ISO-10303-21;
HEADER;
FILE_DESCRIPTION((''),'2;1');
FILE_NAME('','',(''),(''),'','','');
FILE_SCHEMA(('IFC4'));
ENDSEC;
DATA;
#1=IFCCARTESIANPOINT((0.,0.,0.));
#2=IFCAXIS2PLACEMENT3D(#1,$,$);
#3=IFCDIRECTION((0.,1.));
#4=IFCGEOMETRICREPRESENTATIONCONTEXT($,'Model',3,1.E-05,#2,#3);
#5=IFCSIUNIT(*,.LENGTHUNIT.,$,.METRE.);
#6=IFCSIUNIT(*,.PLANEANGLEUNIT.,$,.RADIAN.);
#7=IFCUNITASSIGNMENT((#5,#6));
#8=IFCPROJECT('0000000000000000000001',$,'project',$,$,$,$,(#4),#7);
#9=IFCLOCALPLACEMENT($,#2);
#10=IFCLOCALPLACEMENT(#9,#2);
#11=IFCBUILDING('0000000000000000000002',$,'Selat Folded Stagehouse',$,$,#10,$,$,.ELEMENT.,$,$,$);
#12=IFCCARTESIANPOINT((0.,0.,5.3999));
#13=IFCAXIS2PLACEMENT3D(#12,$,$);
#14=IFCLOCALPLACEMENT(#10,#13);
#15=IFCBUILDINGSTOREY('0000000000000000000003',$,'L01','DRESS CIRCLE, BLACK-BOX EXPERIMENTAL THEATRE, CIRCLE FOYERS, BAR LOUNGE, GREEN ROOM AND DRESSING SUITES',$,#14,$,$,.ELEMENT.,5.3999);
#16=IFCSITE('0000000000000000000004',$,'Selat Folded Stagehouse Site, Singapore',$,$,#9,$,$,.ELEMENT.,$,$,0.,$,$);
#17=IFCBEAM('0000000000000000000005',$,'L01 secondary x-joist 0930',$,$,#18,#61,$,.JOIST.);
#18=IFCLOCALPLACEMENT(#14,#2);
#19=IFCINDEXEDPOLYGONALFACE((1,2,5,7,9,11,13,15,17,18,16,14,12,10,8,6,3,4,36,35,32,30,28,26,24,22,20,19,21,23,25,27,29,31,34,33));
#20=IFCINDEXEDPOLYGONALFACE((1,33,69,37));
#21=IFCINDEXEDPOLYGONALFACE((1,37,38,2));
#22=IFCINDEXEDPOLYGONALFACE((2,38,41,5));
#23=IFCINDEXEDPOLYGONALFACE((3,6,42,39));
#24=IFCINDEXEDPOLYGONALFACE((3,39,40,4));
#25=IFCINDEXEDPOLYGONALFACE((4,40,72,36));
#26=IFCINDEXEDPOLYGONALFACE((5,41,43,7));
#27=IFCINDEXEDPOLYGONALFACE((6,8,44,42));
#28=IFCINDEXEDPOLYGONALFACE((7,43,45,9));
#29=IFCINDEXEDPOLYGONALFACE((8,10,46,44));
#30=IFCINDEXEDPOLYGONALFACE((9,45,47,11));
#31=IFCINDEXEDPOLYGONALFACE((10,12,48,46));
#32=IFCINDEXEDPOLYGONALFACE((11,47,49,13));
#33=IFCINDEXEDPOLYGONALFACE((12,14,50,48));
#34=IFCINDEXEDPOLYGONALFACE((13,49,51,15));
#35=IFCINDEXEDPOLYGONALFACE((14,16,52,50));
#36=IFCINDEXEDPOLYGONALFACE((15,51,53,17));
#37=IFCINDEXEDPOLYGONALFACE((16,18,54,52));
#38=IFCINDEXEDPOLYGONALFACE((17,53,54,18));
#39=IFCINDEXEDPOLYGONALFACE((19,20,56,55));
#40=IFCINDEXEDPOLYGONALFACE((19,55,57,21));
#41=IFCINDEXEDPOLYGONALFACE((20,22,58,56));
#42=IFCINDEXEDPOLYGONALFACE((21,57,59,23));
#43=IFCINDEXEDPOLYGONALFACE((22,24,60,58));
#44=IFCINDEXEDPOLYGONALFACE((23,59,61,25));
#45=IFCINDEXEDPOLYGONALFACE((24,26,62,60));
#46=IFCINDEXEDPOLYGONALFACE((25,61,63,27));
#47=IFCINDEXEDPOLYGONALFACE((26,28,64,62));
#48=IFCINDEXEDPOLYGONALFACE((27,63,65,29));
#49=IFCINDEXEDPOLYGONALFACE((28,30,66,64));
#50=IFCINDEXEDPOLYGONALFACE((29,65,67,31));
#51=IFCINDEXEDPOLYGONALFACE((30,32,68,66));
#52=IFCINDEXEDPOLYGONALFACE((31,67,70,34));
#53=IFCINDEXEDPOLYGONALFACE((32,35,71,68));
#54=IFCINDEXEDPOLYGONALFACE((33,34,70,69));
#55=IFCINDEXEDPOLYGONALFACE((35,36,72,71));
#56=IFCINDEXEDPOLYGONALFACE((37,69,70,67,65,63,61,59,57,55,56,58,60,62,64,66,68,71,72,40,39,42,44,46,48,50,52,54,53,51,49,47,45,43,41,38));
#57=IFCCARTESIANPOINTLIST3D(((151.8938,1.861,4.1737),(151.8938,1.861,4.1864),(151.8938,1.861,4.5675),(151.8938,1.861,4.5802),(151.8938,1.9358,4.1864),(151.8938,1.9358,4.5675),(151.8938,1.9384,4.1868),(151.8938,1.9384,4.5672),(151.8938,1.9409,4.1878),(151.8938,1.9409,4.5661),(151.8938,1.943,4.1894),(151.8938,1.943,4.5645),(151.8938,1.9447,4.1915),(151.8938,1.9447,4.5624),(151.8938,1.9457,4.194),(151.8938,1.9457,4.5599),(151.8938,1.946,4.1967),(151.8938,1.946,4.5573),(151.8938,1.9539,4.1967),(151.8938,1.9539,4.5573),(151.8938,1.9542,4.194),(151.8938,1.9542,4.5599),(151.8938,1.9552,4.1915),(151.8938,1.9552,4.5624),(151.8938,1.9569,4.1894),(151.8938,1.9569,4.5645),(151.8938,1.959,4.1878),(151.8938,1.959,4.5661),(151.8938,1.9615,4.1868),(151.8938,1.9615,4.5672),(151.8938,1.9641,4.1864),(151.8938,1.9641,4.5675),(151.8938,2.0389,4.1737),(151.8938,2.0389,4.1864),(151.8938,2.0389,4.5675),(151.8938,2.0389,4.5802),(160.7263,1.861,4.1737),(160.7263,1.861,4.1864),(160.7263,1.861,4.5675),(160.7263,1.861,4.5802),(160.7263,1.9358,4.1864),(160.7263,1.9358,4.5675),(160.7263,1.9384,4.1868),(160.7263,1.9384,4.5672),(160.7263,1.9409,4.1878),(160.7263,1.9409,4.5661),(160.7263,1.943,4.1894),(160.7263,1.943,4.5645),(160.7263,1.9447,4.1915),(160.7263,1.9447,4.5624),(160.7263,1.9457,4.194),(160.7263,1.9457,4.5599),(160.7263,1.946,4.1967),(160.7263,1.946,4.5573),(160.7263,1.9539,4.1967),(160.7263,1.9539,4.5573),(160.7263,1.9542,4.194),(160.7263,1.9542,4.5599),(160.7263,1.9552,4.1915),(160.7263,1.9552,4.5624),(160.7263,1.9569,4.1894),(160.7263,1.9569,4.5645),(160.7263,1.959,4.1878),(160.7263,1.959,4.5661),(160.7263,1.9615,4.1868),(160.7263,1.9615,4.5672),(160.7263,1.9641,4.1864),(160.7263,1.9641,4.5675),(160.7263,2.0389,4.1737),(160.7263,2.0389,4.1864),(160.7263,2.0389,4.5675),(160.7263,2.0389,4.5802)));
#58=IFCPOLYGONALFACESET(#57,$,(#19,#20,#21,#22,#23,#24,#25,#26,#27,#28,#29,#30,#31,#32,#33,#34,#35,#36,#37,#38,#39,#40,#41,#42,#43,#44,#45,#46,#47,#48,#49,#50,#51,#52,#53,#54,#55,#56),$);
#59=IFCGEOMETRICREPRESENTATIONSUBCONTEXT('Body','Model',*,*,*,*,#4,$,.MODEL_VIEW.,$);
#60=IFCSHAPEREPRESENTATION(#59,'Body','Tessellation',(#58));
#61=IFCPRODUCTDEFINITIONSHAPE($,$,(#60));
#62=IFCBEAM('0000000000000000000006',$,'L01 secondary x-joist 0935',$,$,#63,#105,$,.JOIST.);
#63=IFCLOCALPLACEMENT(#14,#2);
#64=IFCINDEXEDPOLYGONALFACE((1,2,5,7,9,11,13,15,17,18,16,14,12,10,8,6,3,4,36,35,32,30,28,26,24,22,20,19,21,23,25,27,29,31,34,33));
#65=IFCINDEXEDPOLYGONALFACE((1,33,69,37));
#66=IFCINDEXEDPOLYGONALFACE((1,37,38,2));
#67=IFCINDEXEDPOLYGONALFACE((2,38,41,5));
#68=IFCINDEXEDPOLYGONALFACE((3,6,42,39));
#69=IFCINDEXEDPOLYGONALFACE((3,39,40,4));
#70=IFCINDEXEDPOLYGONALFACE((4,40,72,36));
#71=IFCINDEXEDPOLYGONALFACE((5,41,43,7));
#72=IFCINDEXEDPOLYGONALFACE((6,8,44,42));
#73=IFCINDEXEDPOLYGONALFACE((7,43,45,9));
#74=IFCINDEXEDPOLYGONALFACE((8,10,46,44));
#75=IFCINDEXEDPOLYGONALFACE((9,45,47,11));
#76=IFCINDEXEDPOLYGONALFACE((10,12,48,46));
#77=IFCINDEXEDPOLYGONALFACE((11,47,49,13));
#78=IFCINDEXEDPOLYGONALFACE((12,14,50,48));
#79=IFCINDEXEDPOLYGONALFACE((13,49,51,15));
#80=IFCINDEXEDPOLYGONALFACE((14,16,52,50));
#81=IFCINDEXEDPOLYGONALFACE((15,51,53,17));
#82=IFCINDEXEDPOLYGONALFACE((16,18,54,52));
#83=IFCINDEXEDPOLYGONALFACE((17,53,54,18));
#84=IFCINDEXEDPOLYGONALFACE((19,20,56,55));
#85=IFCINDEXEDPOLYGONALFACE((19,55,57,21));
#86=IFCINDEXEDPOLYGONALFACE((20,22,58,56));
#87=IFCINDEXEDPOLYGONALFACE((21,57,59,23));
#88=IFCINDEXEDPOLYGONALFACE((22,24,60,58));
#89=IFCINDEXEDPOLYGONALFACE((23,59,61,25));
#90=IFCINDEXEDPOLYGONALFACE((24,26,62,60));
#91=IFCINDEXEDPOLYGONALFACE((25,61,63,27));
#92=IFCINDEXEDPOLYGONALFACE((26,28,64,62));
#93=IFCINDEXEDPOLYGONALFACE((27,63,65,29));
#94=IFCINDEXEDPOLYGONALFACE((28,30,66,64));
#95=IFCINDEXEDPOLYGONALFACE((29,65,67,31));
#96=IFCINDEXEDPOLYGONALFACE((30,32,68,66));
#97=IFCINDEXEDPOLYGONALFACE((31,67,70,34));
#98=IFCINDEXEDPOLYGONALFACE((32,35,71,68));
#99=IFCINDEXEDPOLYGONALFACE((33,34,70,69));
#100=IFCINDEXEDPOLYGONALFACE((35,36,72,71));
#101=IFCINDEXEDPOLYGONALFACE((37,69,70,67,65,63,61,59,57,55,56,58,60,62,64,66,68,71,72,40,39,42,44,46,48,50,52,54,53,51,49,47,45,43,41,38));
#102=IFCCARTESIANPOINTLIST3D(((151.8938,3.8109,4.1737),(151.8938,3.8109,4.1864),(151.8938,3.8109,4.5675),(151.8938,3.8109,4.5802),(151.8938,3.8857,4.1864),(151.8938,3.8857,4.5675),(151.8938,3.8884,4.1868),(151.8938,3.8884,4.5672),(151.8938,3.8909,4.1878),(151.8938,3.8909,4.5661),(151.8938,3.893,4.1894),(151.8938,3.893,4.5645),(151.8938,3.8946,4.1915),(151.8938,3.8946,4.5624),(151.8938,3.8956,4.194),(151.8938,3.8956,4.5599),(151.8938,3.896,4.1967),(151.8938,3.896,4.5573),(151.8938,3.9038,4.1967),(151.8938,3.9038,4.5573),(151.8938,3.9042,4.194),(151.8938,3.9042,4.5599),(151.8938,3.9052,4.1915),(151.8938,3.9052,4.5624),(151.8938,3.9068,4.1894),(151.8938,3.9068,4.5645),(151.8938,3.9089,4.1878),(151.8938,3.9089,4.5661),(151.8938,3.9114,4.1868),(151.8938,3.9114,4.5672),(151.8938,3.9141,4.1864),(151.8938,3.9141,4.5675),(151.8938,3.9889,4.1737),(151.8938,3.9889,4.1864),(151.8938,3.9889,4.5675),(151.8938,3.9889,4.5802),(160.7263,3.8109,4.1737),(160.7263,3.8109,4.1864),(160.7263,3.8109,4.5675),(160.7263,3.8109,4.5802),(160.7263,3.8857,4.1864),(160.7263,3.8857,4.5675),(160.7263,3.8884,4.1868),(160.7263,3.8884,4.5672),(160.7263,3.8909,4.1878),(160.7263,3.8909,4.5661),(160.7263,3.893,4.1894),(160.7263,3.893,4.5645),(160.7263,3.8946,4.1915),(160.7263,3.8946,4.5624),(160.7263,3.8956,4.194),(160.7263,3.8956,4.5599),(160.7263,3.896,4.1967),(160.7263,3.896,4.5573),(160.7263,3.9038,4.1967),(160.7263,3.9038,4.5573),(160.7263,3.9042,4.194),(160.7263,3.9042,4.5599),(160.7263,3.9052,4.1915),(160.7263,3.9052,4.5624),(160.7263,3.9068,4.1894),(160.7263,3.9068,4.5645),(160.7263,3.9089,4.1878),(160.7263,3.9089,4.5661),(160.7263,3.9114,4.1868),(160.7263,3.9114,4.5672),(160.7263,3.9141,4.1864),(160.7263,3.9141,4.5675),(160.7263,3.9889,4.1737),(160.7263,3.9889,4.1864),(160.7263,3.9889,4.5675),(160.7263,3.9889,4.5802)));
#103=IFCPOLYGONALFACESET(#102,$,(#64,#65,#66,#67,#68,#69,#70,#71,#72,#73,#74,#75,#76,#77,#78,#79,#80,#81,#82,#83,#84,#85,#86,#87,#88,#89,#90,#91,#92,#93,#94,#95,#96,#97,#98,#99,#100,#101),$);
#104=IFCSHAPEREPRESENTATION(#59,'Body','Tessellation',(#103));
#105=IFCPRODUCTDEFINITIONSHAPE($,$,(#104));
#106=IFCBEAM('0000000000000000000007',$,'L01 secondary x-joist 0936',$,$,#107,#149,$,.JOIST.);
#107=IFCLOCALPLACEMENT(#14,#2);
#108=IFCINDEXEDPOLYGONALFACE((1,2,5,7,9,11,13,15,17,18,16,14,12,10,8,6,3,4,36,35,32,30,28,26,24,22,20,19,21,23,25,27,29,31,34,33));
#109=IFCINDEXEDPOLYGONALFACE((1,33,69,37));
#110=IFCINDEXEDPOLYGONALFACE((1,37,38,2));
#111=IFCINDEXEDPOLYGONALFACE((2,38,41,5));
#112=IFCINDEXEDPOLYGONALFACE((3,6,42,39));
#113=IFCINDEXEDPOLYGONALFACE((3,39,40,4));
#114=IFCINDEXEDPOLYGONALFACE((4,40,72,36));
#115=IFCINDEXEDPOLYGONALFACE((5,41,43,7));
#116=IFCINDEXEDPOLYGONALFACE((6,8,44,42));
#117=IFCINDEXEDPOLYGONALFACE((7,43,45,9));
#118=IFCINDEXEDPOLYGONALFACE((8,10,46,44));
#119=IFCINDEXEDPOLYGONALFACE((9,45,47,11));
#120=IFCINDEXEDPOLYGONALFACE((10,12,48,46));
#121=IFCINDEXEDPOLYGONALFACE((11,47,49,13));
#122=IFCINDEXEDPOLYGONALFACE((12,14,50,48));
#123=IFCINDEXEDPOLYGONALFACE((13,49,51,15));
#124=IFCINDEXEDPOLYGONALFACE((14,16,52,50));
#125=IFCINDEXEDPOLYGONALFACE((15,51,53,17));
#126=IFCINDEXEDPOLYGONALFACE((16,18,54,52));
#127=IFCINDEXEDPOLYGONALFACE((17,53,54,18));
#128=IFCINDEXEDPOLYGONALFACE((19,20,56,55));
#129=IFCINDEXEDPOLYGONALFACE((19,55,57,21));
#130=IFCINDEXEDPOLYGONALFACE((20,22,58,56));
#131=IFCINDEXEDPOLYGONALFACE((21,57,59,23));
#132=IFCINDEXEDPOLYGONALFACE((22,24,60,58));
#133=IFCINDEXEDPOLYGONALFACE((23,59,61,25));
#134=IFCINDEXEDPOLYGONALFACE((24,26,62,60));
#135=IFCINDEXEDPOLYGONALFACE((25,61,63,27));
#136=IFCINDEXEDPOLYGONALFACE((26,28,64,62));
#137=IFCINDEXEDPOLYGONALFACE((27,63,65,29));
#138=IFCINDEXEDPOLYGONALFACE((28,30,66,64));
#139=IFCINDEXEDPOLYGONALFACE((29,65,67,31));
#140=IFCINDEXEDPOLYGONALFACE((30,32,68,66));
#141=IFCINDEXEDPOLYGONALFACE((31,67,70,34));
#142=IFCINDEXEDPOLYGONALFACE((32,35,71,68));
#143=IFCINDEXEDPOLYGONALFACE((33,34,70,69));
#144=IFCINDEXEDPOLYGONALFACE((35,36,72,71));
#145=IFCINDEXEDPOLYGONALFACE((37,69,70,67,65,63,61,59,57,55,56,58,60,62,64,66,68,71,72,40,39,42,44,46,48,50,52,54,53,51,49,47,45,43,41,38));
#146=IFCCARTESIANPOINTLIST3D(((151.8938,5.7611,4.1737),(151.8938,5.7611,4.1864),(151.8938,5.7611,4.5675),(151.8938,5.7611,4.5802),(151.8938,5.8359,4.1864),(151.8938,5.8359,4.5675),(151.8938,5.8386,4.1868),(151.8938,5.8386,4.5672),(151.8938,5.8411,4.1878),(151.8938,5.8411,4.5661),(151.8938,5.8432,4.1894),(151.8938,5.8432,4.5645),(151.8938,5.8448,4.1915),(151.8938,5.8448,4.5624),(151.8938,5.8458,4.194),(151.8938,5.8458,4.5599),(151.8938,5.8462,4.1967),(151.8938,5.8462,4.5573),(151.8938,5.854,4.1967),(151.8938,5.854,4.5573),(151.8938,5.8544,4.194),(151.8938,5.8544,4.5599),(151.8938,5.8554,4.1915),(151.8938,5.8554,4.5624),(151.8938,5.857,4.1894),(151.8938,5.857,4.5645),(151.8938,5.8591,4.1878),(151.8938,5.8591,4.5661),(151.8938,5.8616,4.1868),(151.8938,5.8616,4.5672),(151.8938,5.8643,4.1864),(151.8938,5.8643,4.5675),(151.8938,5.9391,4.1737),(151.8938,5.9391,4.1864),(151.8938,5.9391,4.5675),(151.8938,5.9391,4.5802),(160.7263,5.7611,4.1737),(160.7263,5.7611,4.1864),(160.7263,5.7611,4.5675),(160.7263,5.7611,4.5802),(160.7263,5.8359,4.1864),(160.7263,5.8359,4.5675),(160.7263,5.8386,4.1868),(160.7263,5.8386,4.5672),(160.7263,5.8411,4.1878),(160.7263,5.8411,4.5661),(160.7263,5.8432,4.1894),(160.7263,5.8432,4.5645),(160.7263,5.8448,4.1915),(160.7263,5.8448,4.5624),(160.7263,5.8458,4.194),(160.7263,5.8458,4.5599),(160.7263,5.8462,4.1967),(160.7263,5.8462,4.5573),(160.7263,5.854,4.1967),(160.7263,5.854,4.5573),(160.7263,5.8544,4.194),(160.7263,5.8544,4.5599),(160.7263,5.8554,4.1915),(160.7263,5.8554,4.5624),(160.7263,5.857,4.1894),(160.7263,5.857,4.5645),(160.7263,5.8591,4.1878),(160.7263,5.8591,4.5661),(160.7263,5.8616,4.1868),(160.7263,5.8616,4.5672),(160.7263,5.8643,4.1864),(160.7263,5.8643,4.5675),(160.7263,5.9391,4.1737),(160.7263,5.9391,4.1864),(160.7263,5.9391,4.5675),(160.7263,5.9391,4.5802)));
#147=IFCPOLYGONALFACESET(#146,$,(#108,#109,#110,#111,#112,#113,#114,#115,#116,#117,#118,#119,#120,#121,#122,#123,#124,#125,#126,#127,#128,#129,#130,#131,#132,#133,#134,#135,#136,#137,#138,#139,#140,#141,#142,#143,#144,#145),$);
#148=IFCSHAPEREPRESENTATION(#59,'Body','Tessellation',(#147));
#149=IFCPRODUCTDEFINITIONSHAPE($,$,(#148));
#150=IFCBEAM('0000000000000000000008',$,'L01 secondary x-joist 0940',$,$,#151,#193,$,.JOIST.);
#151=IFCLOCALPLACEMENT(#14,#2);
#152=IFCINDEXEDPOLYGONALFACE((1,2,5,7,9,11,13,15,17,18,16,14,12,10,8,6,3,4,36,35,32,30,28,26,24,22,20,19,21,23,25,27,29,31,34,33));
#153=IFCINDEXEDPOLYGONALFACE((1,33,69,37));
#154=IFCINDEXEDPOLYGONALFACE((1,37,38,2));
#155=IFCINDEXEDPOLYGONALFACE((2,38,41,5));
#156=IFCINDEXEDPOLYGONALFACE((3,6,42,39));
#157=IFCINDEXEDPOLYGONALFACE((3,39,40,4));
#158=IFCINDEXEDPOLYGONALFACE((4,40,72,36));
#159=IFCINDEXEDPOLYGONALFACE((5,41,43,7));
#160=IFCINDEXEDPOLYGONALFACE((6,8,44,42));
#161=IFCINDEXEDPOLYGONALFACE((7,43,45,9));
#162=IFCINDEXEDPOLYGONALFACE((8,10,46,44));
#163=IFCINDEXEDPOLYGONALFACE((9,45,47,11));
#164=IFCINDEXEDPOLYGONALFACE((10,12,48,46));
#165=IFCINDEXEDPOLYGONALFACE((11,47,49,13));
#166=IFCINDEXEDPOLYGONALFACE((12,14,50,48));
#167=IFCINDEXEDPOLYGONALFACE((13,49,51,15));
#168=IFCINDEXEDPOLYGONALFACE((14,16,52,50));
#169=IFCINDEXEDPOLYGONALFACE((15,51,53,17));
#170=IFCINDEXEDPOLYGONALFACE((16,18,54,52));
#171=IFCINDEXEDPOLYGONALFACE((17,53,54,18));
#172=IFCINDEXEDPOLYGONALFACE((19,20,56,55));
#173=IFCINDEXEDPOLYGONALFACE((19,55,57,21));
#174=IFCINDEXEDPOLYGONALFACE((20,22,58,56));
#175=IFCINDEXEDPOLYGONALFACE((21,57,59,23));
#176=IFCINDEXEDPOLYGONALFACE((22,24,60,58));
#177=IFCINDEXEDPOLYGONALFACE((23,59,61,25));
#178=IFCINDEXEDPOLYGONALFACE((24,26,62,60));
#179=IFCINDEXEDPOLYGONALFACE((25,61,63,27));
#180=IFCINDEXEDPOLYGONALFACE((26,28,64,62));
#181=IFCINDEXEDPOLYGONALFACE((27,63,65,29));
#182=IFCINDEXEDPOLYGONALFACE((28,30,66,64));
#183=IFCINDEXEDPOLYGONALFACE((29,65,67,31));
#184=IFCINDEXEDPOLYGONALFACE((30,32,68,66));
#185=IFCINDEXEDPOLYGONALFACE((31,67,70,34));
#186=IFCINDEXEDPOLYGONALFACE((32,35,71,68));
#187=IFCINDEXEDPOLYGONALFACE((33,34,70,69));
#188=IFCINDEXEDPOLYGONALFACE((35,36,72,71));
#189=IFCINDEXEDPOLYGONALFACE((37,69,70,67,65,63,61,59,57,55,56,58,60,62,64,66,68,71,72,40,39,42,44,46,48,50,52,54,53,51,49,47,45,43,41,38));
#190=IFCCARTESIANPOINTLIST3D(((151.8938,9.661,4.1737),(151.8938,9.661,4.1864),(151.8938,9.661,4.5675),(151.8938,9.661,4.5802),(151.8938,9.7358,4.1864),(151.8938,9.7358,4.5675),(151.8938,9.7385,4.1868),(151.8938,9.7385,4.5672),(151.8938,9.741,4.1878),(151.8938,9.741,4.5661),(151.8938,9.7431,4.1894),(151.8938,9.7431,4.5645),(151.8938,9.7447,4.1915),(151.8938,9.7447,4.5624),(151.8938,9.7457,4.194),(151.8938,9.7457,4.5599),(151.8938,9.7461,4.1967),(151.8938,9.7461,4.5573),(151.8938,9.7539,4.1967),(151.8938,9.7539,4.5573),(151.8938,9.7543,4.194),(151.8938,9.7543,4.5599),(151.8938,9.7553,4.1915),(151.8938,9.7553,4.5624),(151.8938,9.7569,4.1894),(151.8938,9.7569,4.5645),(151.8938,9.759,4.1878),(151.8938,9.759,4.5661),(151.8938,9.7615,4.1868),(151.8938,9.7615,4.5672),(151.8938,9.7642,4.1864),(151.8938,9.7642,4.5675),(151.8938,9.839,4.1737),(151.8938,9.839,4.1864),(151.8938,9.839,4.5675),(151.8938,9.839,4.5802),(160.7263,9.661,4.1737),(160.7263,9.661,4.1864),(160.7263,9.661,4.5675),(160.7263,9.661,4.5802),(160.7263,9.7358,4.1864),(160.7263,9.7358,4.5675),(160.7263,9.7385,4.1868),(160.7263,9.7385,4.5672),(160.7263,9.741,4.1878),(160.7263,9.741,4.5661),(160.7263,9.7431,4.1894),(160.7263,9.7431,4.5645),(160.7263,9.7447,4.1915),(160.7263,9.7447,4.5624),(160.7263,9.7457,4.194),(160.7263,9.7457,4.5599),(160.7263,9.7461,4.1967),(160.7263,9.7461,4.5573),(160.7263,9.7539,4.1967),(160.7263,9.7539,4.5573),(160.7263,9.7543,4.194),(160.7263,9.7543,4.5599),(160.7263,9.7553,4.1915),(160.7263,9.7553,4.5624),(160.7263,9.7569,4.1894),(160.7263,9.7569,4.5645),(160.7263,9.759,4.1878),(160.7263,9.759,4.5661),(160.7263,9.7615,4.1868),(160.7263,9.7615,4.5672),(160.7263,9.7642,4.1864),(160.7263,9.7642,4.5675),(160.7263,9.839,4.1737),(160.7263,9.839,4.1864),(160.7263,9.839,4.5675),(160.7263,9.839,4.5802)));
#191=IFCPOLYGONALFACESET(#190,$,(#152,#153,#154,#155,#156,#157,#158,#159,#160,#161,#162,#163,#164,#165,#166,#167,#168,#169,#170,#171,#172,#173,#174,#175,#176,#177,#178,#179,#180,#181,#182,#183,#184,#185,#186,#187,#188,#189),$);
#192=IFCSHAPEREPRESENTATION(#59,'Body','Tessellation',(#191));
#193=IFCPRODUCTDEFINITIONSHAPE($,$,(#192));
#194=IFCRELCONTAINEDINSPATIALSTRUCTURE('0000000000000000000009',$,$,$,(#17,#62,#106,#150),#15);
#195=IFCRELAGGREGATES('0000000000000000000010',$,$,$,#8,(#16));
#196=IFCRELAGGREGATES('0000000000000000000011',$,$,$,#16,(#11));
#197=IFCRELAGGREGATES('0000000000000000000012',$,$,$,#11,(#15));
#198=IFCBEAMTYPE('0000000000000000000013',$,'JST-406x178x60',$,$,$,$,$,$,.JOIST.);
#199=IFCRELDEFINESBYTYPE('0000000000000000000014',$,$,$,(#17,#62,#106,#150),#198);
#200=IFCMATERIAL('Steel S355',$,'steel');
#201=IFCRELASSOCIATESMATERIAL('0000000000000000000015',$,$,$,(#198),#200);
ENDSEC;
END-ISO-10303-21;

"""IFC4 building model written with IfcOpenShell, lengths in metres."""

from ifc_helpers import new_model, si_unit, direction, frame, origin, origin_2d, place, context, subcontext, project, spatial, i_section, extrude, material, material_profile, profile_set, type_object, element, save


model = new_model("IFC4")

# Units and contexts
model_context = context("Model", 3, precision=1e-05, world=origin(), true_north=direction((0.0, 1.0)))
body_context = subcontext(model_context, "Body", "Model", "MODEL_VIEW")
ifc_project = project(units=[si_unit("LENGTHUNIT", "METRE"), si_unit("PLANEANGLEUNIT", "RADIAN")], contexts=[model_context])

# Site, building, storey
site_placement = place(None, origin())
site = spatial("IfcSite", under=ifc_project, at=site_placement, Name="Selat Folded Stagehouse Site, Singapore", CompositionType="ELEMENT", RefElevation=0.0)
building_placement = place(site_placement, origin())
building = spatial("IfcBuilding", under=site, at=building_placement, Name="Selat Folded Stagehouse", CompositionType="ELEMENT")
storey_placement = place(building_placement, frame((0.0, 0.0, 5.3999)))
storey = spatial("IfcBuildingStorey", under=building, at=storey_placement, Name="L01", Description="DRESS CIRCLE, BLACK-BOX EXPERIMENTAL THEATRE, CIRCLE FOYERS, BAR LOUNGE, GREEN ROOM AND DRESSING SUITES", CompositionType="ELEMENT", Elevation=5.3999)

# Shared definitions
ifc_material_1 = material(Name="Steel S355", Category="steel")

# Beams
ifc_material_profile_1 = material_profile(ifc_material_1, i_section(OverallWidth=0.178, OverallDepth=0.4065, WebThickness=0.0078, FlangeThickness=0.0127, FilletRadius=0.0103, at=origin_2d()), Name="UKB 406x178x60")
ifc_profile_set_1 = profile_set([ifc_material_profile_1], Name="Steel S355")
beam_type_1 = type_object("IfcBeamType", Name="JST-406x178x60", PredefinedType="JOIST", material=ifc_profile_set_1)
for number, where, z_axis, x_axis, name in (
    (1, (151.8938, 1.95, 4.377), (1.0, 0.0, 0.0), (0.0, 1.0, 0.0), "L01 secondary x-joist 0930"),
    (2, (151.8938, 3.8999, 4.377), (1.0, 0.0, 0.0), (0.0, 1.0, 0.0), "L01 secondary x-joist 0935"),
    (3, (151.8938, 5.8501, 4.377), (1.0, 0.0, 0.0), (0.0, 1.0, 0.0), "L01 secondary x-joist 0936"),
    (4, (151.8938, 9.75, 4.377), (1.0, 0.0, 0.0), (0.0, 1.0, 0.0), "L01 secondary x-joist 0940"),
):
    element("IfcBeam", number, at=place(storey_placement, frame(where, z_axis=z_axis, x_axis=x_axis)), inside=storey, type_object=beam_type_1, Name=name, PredefinedType="JOIST", context=body_context, shape_type="SweptSolid", body=[
        extrude(i_section(OverallWidth=0.178, OverallDepth=0.4065, WebThickness=0.0078, FlangeThickness=0.0127, FilletRadius=0.0103, at=origin_2d()), origin(), (0.0, 0.0, 1.0), 8.8325),
    ])

save(model, "model.ifc")
